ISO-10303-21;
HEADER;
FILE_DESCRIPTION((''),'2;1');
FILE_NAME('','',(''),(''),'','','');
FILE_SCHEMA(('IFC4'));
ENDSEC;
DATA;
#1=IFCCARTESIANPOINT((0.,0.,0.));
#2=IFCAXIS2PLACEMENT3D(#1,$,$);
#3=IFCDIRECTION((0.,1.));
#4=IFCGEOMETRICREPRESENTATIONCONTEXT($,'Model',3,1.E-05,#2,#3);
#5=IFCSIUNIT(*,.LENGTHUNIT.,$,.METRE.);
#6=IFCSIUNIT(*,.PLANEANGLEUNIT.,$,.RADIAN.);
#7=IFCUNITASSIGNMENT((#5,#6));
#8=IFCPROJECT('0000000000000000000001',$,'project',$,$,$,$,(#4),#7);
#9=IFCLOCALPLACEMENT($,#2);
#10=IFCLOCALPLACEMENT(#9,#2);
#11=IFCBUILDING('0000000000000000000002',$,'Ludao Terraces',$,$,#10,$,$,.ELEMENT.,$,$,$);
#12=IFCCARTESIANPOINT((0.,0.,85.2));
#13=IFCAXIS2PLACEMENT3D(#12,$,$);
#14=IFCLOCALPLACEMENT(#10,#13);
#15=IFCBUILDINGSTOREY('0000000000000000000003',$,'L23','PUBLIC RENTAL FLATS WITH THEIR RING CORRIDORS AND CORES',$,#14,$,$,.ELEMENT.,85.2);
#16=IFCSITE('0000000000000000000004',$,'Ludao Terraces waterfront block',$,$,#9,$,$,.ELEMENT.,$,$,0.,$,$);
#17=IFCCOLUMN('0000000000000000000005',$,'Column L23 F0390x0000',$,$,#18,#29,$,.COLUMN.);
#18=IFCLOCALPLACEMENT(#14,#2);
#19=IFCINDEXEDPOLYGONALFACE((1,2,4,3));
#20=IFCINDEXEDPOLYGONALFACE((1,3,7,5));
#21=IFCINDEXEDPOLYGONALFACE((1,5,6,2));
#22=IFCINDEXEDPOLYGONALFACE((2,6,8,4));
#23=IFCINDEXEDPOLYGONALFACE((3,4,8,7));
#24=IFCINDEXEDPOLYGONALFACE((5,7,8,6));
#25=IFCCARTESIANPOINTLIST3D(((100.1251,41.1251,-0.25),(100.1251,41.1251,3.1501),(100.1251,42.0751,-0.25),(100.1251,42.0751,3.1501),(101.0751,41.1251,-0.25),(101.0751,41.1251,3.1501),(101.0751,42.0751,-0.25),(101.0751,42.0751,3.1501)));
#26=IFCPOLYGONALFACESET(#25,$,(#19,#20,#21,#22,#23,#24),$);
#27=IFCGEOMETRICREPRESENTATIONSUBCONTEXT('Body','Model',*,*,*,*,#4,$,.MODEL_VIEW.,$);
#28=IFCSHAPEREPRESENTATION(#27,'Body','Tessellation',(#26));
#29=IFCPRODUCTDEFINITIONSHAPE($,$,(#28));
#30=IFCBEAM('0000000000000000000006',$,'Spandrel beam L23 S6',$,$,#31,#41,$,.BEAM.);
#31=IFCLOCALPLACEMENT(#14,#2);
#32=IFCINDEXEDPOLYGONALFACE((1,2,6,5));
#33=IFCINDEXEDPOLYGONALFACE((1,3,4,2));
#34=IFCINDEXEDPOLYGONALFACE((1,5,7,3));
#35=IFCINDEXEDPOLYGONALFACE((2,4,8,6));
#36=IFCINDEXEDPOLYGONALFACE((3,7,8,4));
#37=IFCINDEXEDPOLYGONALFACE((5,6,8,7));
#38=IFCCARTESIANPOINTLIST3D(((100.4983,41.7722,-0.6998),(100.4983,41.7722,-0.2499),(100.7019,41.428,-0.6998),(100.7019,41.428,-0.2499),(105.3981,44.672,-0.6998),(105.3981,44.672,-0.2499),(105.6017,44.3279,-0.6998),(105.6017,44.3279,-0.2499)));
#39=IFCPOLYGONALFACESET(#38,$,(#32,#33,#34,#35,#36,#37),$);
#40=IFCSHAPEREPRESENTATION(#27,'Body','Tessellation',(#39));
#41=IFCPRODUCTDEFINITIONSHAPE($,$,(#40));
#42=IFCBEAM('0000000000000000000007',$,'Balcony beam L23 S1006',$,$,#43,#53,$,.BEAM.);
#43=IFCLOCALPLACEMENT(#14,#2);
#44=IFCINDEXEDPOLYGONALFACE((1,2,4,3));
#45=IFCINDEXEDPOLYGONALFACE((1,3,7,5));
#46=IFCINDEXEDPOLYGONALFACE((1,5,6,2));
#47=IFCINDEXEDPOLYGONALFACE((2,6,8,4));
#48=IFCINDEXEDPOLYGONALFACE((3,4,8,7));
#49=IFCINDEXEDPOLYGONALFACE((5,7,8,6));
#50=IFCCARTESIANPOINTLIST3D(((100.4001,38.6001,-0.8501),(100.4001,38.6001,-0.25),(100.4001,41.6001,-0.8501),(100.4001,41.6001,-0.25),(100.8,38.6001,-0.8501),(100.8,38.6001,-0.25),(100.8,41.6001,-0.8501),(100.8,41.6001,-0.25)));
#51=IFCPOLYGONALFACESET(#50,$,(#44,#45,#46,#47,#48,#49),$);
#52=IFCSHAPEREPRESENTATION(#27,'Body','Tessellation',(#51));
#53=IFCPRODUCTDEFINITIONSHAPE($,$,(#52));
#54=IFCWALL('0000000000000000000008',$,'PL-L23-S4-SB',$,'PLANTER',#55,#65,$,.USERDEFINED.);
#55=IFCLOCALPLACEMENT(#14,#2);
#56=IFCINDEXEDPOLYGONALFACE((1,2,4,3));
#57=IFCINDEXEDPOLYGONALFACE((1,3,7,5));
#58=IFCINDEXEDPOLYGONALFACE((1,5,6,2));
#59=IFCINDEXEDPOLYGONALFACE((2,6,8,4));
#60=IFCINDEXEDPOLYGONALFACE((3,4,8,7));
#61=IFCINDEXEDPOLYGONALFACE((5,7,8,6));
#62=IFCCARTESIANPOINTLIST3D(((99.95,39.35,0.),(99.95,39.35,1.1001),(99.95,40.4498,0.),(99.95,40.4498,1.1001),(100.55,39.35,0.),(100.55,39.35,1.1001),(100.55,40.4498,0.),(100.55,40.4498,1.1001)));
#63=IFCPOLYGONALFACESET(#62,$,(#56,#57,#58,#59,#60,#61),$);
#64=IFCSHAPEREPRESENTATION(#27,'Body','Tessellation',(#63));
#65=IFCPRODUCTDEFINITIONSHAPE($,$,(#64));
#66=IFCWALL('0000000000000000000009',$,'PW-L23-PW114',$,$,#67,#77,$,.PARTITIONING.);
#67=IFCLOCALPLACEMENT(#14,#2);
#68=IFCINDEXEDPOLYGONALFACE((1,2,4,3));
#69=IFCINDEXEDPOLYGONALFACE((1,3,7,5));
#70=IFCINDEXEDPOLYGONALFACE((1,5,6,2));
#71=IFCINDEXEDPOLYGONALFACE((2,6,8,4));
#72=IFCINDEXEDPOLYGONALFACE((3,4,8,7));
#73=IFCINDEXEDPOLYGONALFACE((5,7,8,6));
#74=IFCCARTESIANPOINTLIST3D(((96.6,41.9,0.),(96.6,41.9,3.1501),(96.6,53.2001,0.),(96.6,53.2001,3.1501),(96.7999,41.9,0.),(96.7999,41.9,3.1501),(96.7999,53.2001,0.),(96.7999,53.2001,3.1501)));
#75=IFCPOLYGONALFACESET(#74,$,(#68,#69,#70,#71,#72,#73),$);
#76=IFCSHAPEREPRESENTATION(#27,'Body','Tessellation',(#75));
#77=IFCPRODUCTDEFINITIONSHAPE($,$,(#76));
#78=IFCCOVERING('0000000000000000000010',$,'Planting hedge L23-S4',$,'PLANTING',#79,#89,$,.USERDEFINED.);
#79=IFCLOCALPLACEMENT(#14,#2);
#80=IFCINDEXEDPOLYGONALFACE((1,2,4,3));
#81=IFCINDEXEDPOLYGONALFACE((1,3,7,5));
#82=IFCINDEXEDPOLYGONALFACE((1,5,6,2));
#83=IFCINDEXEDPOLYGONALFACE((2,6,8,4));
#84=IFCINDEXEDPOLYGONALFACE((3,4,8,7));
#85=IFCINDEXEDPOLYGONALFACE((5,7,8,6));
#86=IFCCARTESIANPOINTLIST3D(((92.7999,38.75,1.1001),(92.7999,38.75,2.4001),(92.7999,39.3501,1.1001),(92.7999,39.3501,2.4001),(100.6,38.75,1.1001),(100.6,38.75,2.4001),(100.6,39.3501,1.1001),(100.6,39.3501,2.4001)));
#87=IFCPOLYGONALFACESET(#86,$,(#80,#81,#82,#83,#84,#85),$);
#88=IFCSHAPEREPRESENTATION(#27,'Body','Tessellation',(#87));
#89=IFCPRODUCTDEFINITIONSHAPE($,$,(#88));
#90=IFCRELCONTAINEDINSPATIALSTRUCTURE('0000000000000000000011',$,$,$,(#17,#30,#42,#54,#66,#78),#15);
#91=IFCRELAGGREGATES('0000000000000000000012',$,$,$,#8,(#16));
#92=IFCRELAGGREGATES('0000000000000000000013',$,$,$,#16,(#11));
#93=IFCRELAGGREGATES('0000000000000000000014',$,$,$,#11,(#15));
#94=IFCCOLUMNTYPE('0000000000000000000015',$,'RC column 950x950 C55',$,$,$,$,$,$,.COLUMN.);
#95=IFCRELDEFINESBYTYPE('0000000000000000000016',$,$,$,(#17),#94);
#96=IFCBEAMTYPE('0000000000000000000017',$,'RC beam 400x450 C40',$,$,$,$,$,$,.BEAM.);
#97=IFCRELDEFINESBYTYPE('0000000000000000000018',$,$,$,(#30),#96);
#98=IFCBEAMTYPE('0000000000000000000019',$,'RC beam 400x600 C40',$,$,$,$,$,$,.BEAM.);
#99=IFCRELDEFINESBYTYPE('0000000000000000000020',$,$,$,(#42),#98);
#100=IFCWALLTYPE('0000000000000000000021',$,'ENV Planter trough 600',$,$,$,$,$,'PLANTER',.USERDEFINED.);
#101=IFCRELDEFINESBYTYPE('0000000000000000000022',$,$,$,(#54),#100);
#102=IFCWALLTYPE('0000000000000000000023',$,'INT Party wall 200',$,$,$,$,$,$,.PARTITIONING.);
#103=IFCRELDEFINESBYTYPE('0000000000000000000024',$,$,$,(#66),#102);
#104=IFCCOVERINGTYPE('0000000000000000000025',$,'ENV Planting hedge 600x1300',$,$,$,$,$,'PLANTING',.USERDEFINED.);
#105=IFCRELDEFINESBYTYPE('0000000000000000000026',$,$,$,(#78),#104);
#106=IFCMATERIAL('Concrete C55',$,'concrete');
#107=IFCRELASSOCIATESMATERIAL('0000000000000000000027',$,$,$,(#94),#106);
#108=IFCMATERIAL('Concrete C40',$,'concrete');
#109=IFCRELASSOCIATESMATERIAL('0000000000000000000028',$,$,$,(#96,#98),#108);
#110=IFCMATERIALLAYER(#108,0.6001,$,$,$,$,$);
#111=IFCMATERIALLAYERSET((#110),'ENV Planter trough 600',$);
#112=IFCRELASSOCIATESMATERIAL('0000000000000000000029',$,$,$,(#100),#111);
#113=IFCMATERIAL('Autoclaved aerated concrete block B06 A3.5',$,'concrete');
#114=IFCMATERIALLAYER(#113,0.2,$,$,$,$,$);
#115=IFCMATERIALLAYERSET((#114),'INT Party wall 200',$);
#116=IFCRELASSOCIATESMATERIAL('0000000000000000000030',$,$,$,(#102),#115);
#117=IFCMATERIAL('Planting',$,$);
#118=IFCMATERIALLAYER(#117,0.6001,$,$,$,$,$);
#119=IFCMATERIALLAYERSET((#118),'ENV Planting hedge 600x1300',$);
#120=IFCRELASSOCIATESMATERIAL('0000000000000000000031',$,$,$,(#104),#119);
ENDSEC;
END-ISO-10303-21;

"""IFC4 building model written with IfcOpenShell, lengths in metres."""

from ifc_helpers import new_model, si_unit, direction, frame, frame_2d, origin, origin_2d, place, context, subcontext, project, spatial, rectangle, extrude, material, layer, layer_set, material_profile, profile_set, type_object, element, save


model = new_model("IFC4")

# Units and contexts
model_context = context("Model", 3, precision=1e-05, world=origin(), true_north=direction((0.0, 1.0)))
body_context = subcontext(model_context, "Body", "Model", "MODEL_VIEW")
ifc_project = project(units=[si_unit("LENGTHUNIT", "METRE"), si_unit("PLANEANGLEUNIT", "RADIAN")], contexts=[model_context])

# Site, building, storey
site_placement = place(None, origin())
site = spatial("IfcSite", under=ifc_project, at=site_placement, Name="Ludao Terraces waterfront block", CompositionType="ELEMENT", RefElevation=0.0)
building_placement = place(site_placement, origin())
building = spatial("IfcBuilding", under=site, at=building_placement, Name="Ludao Terraces", CompositionType="ELEMENT")
storey_placement = place(building_placement, frame((0.0, 0.0, 85.2)))
storey = spatial("IfcBuildingStorey", under=building, at=storey_placement, Name="L23", Description="PUBLIC RENTAL FLATS WITH THEIR RING CORRIDORS AND CORES", CompositionType="ELEMENT", Elevation=85.2)

# Column
ifc_material_1 = material(Name="Concrete C55", Category="concrete")
ifc_material_profile_1 = material_profile(ifc_material_1, rectangle(XDim=0.95, YDim=0.95, at=origin_2d()), Name="950 X 950")
ifc_profile_set_1 = profile_set([ifc_material_profile_1], Name="Concrete C55")
column_type = type_object("IfcColumnType", Name="RC column 950x950 C55", PredefinedType="COLUMN", material=ifc_profile_set_1)
column_placement = place(storey_placement, frame((100.6001, 41.6001, -0.25), z_axis=(0.0, 0.0, 1.0), x_axis=(1.0, 0.0, 0.0)))
element("IfcColumn", 1, at=column_placement, inside=storey, type_object=column_type, Name="Column L23 F0390x0000", PredefinedType="COLUMN", context=body_context, shape_type="SweptSolid", body=[
    extrude(rectangle(XDim=0.95, YDim=0.95, at=origin_2d()), origin(), (0.0, 0.0, 1.0), 3.4001),
])

# Beams
ifc_material_2 = material(Name="Concrete C40", Category="concrete")
ifc_material_profile_2 = material_profile(ifc_material_2, rectangle(XDim=0.3999, YDim=0.45, at=origin_2d()), Name="400 X 450")
ifc_profile_set_2 = profile_set([ifc_material_profile_2], Name="Concrete C40")
beam_type_1 = type_object("IfcBeamType", Name="RC beam 400x450 C40", PredefinedType="BEAM", material=ifc_profile_set_2)
beam_1_placement = place(storey_placement, frame((100.6001, 41.6001, -0.4749), z_axis=(0.86058, 0.509316, 0.0), x_axis=(-0.509316, 0.86058, 0.0)))
element("IfcBeam", 2, at=beam_1_placement, inside=storey, type_object=beam_type_1, Name="Spandrel beam L23 S6", PredefinedType="BEAM", context=body_context, shape_type="SweptSolid", body=[
    extrude(rectangle(XDim=0.3999, YDim=0.45, at=origin_2d()), origin(), (0.0, 0.0, 1.0), 5.6936),
])
ifc_material_profile_3 = material_profile(ifc_material_2, rectangle(XDim=0.3999, YDim=0.6001, at=origin_2d()), Name="400 X 600")
ifc_profile_set_3 = profile_set([ifc_material_profile_3], Name="Concrete C40")
beam_type_2 = type_object("IfcBeamType", Name="RC beam 400x600 C40", PredefinedType="BEAM", material=ifc_profile_set_3)
beam_2_placement = place(storey_placement, frame((100.6001, 41.6001, -0.55), z_axis=(0.0, -1.0, 0.0), x_axis=(1.0, 0.0, 0.0)))
element("IfcBeam", 3, at=beam_2_placement, inside=storey, type_object=beam_type_2, Name="Balcony beam L23 S1006", PredefinedType="BEAM", context=body_context, shape_type="SweptSolid", body=[
    extrude(rectangle(XDim=0.3999, YDim=0.6001, at=origin_2d()), origin(), (0.0, 0.0, 1.0), 3.0),
])

# Walls
ifc_layer_1 = layer(ifc_material_2, 0.6001)
ifc_layer_set_1 = layer_set([ifc_layer_1], Name="ENV Planter trough 600")
wall_type_1 = type_object("IfcWallType", Name="ENV Planter trough 600", ElementType="PLANTER", PredefinedType="USERDEFINED", material=ifc_layer_set_1)
wall_1_placement = place(storey_placement, frame((100.25, 39.3501, 0.0), z_axis=(0.0, 0.0, 1.0), x_axis=(0.0, 1.0, 0.0)))
element("IfcWall", 4, at=wall_1_placement, inside=storey, type_object=wall_type_1, Name="PL-L23-S4-SB", ObjectType="PLANTER", PredefinedType="USERDEFINED", context=body_context, shape_type="SweptSolid", body=[
    extrude(rectangle(XDim=1.0999, YDim=0.6001, at=frame_2d((0.5498, 0.0))), origin(), (0.0, 0.0, 1.0), 1.1001),
])
ifc_material_3 = material(Name="Autoclaved aerated concrete block B06 A3.5", Category="concrete")
ifc_layer_2 = layer(ifc_material_3, 0.2)
ifc_layer_set_2 = layer_set([ifc_layer_2], Name="INT Party wall 200")
wall_type_2 = type_object("IfcWallType", Name="INT Party wall 200", PredefinedType="PARTITIONING", material=ifc_layer_set_2)
wall_2_placement = place(storey_placement, frame((96.7, 41.9001, 0.0), z_axis=(0.0, 0.0, 1.0), x_axis=(0.0, 1.0, 0.0)))
element("IfcWall", 5, at=wall_2_placement, inside=storey, type_object=wall_type_2, Name="PW-L23-PW114", PredefinedType="PARTITIONING", context=body_context, shape_type="SweptSolid", body=[
    extrude(rectangle(XDim=11.3, YDim=0.2, at=frame_2d((5.6499, 0.0))), origin(), (0.0, 0.0, 1.0), 3.1501),
])

# Covering
ifc_material_4 = material(Name="Planting")
ifc_layer_3 = layer(ifc_material_4, 0.6001)
ifc_layer_set_3 = layer_set([ifc_layer_3], Name="ENV Planting hedge 600x1300")
covering_type = type_object("IfcCoveringType", Name="ENV Planting hedge 600x1300", ElementType="PLANTING", PredefinedType="USERDEFINED", material=ifc_layer_set_3)
covering_placement = place(storey_placement, frame((96.7, 39.05, 1.1001), z_axis=(0.0, 0.0, 1.0), x_axis=(1.0, 0.0, 0.0)))
element("IfcCovering", 6, at=covering_placement, inside=storey, type_object=covering_type, Name="Planting hedge L23-S4", ObjectType="PLANTING", PredefinedType="USERDEFINED", context=body_context, shape_type="SweptSolid", body=[
    extrude(rectangle(XDim=7.8, YDim=0.6001, at=origin_2d()), origin(), (0.0, 0.0, 1.0), 1.3),
])

save(model, "model.ifc")
